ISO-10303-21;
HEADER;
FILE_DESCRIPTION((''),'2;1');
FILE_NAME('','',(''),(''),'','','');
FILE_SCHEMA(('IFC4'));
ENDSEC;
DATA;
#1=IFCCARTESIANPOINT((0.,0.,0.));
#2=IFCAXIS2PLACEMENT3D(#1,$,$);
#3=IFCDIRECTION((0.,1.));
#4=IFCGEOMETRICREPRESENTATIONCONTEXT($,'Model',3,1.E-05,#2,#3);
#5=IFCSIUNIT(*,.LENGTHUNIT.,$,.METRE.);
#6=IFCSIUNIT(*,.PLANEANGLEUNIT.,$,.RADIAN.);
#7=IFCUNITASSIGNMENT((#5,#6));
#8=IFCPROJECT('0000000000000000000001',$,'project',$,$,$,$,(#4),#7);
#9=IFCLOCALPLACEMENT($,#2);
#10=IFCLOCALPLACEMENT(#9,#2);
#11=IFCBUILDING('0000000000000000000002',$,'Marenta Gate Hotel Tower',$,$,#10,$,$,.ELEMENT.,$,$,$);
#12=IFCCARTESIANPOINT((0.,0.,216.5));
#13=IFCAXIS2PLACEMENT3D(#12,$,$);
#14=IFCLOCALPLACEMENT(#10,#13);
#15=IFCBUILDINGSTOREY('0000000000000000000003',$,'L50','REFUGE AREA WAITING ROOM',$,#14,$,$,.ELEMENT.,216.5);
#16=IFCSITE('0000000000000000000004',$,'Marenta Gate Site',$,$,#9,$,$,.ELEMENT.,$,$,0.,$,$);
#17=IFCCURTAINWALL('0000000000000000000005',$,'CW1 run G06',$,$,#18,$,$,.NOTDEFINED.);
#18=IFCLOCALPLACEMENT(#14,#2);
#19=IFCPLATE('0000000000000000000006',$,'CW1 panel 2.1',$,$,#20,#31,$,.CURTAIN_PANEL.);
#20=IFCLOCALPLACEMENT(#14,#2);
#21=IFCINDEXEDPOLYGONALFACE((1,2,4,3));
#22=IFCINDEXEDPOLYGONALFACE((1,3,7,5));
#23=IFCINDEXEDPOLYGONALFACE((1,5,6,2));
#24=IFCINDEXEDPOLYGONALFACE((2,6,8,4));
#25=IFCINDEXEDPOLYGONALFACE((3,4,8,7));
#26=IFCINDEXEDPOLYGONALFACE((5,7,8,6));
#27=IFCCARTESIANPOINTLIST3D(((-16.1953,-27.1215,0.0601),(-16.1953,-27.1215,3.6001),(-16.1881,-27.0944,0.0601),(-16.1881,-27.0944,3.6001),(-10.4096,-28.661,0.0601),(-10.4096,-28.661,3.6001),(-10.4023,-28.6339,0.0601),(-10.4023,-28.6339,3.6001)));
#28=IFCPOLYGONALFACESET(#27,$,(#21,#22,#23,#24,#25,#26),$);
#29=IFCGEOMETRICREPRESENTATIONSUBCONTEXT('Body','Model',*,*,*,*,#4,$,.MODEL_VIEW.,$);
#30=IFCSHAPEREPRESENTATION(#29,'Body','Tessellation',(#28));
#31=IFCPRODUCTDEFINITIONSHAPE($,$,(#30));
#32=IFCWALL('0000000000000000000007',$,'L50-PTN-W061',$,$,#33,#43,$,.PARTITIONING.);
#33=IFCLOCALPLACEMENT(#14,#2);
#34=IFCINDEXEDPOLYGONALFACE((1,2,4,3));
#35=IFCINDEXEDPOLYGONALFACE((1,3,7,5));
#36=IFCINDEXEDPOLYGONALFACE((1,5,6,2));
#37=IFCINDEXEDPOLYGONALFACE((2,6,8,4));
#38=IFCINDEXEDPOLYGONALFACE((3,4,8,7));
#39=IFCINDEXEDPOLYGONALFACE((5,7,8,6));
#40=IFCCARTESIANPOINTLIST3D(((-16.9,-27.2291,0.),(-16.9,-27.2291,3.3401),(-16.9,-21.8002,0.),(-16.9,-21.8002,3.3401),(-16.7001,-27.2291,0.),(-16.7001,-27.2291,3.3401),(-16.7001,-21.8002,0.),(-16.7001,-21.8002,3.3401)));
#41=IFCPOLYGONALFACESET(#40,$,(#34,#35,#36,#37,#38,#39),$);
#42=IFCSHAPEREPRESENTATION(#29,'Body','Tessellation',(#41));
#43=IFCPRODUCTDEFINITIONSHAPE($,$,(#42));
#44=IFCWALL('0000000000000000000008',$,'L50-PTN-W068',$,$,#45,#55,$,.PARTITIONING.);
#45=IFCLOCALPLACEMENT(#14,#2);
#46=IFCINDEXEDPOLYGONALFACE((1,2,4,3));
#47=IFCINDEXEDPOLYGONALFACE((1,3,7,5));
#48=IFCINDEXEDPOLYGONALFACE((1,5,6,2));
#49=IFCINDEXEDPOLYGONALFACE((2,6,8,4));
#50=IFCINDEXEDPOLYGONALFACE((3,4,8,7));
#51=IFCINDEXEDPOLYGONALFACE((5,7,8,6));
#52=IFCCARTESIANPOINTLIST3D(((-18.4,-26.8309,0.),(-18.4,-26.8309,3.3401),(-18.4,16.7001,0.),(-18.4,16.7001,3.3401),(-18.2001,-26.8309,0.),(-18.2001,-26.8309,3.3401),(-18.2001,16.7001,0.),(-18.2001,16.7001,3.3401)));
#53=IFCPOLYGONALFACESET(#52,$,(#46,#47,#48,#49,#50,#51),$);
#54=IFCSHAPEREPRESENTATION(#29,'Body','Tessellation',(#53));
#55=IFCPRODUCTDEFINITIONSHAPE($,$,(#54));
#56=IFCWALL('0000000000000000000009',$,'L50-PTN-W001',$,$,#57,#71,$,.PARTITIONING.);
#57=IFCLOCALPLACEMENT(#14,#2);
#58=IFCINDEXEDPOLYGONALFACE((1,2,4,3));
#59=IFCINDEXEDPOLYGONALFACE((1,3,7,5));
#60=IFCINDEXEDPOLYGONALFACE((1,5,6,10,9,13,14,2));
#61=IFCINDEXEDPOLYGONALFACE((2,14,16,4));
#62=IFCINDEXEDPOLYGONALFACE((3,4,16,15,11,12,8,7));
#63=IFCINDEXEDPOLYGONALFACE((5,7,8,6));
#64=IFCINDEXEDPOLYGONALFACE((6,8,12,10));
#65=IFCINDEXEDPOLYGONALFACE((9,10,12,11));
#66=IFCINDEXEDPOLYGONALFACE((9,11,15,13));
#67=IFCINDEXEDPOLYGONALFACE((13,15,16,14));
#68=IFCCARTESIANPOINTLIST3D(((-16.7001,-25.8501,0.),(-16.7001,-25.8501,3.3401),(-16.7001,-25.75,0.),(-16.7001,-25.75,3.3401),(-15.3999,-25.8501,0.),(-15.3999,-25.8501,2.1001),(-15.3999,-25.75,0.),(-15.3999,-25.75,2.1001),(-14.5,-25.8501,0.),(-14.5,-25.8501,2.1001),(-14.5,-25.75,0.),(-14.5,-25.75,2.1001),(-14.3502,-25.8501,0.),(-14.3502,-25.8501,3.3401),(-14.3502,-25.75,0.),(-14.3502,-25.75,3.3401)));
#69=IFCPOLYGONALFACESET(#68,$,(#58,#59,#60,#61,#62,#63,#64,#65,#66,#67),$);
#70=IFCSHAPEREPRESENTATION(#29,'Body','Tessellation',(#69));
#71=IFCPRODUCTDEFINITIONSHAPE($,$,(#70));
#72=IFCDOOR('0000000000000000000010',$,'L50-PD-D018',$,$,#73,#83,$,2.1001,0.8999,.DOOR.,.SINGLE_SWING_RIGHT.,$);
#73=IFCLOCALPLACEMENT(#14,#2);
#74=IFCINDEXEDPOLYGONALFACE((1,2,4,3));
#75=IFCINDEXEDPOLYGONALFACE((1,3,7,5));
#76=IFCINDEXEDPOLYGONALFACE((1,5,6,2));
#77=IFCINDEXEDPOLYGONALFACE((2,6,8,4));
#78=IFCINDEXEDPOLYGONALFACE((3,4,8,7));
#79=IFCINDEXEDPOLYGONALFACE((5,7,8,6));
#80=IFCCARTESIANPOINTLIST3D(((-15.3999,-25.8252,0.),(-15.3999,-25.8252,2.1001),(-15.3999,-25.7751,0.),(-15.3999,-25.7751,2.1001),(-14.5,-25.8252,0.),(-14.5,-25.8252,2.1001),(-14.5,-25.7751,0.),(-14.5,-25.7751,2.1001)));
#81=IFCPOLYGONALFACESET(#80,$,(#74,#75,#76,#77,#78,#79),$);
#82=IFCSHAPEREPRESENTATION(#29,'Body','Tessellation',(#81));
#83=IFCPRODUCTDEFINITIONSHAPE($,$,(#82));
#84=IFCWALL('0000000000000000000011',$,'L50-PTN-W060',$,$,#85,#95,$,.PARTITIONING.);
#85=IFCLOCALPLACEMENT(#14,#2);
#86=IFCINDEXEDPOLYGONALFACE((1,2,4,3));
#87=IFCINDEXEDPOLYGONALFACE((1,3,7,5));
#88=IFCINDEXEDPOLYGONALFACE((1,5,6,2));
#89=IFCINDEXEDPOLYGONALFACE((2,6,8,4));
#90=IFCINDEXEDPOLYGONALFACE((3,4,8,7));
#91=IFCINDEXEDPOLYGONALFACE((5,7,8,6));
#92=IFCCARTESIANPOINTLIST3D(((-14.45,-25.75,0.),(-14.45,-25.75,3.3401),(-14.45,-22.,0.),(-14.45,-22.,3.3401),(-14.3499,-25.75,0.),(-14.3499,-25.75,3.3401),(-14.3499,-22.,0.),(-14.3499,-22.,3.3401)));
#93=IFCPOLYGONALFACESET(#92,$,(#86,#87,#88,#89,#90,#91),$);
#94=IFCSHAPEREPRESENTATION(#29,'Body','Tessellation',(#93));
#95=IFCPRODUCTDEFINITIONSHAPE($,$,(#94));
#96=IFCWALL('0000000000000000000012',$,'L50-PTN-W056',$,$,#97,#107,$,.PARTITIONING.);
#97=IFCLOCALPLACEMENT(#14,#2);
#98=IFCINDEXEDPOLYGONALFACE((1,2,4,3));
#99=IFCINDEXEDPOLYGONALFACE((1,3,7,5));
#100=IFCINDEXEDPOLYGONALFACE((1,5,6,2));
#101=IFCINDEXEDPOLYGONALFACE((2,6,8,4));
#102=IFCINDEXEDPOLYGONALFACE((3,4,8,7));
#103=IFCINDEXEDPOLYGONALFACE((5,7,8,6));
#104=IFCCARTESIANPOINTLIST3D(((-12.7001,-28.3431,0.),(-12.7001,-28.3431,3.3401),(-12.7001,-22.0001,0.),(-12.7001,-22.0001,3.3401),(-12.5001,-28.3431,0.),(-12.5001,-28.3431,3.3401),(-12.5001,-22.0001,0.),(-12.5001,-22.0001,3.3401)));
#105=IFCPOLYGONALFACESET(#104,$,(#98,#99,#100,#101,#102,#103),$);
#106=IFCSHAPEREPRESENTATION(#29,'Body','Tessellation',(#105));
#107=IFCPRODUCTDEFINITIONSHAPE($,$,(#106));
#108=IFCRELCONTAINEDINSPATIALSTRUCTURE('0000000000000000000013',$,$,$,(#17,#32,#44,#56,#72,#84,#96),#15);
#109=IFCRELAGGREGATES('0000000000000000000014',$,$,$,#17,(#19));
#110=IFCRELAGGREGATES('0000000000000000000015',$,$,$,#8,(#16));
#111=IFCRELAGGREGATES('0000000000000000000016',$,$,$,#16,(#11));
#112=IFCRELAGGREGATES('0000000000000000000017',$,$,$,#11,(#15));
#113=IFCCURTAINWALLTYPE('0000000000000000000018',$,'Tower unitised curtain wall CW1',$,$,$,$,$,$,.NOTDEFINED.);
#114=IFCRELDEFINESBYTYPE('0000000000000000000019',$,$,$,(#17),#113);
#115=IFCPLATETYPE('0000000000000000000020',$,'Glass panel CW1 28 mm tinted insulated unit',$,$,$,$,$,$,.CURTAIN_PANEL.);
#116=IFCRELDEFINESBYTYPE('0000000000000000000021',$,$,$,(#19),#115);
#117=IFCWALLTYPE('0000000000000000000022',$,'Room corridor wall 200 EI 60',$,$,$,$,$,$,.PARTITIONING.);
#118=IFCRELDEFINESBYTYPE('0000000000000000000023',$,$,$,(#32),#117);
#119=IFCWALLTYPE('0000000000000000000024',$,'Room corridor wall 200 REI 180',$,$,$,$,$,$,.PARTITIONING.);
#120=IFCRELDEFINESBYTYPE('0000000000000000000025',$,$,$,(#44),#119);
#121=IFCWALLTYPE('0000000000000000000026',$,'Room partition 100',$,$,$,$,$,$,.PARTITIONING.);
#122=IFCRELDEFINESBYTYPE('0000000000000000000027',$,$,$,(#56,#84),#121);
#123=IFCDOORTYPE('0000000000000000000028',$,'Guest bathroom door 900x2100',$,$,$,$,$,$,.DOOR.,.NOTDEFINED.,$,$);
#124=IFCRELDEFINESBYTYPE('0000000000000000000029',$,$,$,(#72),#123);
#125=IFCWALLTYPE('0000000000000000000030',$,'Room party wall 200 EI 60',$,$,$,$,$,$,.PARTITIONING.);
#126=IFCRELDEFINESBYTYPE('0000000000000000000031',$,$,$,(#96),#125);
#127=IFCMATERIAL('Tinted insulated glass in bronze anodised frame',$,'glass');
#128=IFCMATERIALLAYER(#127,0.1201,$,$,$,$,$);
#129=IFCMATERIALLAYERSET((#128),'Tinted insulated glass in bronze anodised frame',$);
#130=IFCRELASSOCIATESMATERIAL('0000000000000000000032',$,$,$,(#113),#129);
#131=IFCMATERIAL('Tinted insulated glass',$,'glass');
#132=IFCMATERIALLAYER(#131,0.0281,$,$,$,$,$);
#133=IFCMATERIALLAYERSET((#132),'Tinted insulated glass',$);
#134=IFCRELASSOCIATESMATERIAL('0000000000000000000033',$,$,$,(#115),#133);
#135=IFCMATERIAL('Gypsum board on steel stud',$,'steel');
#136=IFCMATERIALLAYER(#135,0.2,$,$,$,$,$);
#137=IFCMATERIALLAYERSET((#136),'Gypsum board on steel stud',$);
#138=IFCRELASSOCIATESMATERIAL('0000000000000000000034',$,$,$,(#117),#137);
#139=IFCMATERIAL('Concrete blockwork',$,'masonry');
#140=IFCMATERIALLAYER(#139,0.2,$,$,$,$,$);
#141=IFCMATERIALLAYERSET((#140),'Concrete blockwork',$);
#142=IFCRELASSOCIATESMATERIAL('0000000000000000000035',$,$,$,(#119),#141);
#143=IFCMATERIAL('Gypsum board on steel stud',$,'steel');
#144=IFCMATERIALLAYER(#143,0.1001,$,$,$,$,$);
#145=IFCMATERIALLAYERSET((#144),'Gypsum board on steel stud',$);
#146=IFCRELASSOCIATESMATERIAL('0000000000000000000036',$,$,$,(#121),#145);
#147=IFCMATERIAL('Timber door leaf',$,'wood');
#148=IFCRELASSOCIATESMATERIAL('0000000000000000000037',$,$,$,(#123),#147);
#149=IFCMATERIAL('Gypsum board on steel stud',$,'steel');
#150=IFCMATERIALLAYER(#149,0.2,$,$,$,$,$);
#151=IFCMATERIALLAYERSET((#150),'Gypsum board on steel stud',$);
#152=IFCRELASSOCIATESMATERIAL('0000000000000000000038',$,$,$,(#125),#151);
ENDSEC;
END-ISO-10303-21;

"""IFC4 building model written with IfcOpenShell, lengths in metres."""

from ifc_helpers import new_model, si_unit, direction, frame, frame_2d, origin, origin_2d, place, context, subcontext, project, spatial, rectangle, extrude, material, layer, layer_set, type_object, element, fill, aggregate, save


model = new_model("IFC4")

# Units and contexts
model_context = context("Model", 3, precision=1e-05, world=origin(), true_north=direction((0.0, 1.0)))
body_context = subcontext(model_context, "Body", "Model", "MODEL_VIEW")
ifc_project = project(units=[si_unit("LENGTHUNIT", "METRE"), si_unit("PLANEANGLEUNIT", "RADIAN")], contexts=[model_context])

# Site, building, storey
site_placement = place(None, origin())
site = spatial("IfcSite", under=ifc_project, at=site_placement, Name="Marenta Gate Site", CompositionType="ELEMENT", RefElevation=0.0)
building_placement = place(site_placement, origin())
building = spatial("IfcBuilding", under=site, at=building_placement, Name="Marenta Gate Hotel Tower", CompositionType="ELEMENT")
storey_placement = place(building_placement, frame((0.0, 0.0, 216.5)))
storey = spatial("IfcBuildingStorey", under=building, at=storey_placement, Name="L50", Description="REFUGE AREA WAITING ROOM", CompositionType="ELEMENT", Elevation=216.5)

# Shared definitions
ifc_material_1 = material(Name="Tinted insulated glass in bronze anodised frame", Category="glass")
ifc_layer_1 = layer(ifc_material_1, 0.1201)
ifc_layer_set_1 = layer_set([ifc_layer_1], Name="Tinted insulated glass in bronze anodised frame")
curtain_wall_type = type_object("IfcCurtainWallType", Name="Tower unitised curtain wall CW1", PredefinedType="NOTDEFINED", material=ifc_layer_set_1)

# Curtain wall
curtain_wall_1_placement = place(storey_placement, origin())
curtain_wall_1 = element("IfcCurtainWall", 1, at=curtain_wall_1_placement, inside=storey, type_object=curtain_wall_type, Name="CW1 run G06", PredefinedType="NOTDEFINED")

# Plate
ifc_material_2 = material(Name="Tinted insulated glass", Category="glass")
ifc_layer_2 = layer(ifc_material_2, 0.0281)
ifc_layer_set_2 = layer_set([ifc_layer_2], Name="Tinted insulated glass")
plate_type = type_object("IfcPlateType", Name="Glass panel CW1 28 mm tinted insulated unit", PredefinedType="CURTAIN_PANEL", material=ifc_layer_set_2)
plate_1_placement = place(storey_placement, frame((-13.2988, -27.8777, 0.0601), z_axis=(0.0, 0.0, 1.0), x_axis=(0.966374, -0.257139, 0.0)))
plate_1 = element("IfcPlate", 2, at=plate_1_placement, type_object=plate_type, Name="CW1 panel 2.1", PredefinedType="CURTAIN_PANEL", context=body_context, shape_type="SweptSolid", body=[
    extrude(rectangle(XDim=5.9871, YDim=0.0281, at=origin_2d()), origin(), (0.0, 0.0, 1.0), 3.54),
])
aggregate(curtain_wall_1, [plate_1])

# Shared definitions
ifc_material_3 = material(Name="Gypsum board on steel stud", Category="steel")
ifc_layer_3 = layer(ifc_material_3, 0.2)
ifc_layer_set_3 = layer_set([ifc_layer_3], Name="Gypsum board on steel stud")
wall_type_1 = type_object("IfcWallType", Name="Room corridor wall 200 EI 60", PredefinedType="PARTITIONING", material=ifc_layer_set_3)

# Walls
wall_1_placement = place(storey_placement, frame((-16.8, -27.229, 0.0), z_axis=(0.0, 0.0, 1.0), x_axis=(0.0, 1.0, 0.0)))
element("IfcWall", 3, at=wall_1_placement, inside=storey, type_object=wall_type_1, Name="L50-PTN-W061", PredefinedType="PARTITIONING", context=body_context, shape_type="SweptSolid", body=[
    extrude(rectangle(XDim=5.429, YDim=0.2, at=frame_2d((2.7144, 0.0))), origin(), (0.0, 0.0, 1.0), 3.3401),
])
ifc_material_4 = material(Name="Concrete blockwork", Category="masonry")
ifc_layer_4 = layer(ifc_material_4, 0.2)
ifc_layer_set_4 = layer_set([ifc_layer_4], Name="Concrete blockwork")
wall_type_2 = type_object("IfcWallType", Name="Room corridor wall 200 REI 180", PredefinedType="PARTITIONING", material=ifc_layer_set_4)
wall_2_placement = place(storey_placement, frame((-18.3, -26.8311, 0.0), z_axis=(0.0, 0.0, 1.0), x_axis=(0.0, 1.0, 0.0)))
element("IfcWall", 4, at=wall_2_placement, inside=storey, type_object=wall_type_2, Name="L50-PTN-W068", PredefinedType="PARTITIONING", context=body_context, shape_type="SweptSolid", body=[
    extrude(rectangle(XDim=43.531, YDim=0.2, at=frame_2d((21.7656, 0.0))), origin(), (0.0, 0.0, 1.0), 3.3401),
])

# Wall, opening, door
ifc_material_5 = material(Name="Gypsum board on steel stud", Category="steel")
ifc_layer_5 = layer(ifc_material_5, 0.1001)
ifc_layer_set_5 = layer_set([ifc_layer_5], Name="Gypsum board on steel stud")
wall_type_3 = type_object("IfcWallType", Name="Room partition 100", PredefinedType="PARTITIONING", material=ifc_layer_set_5)
wall_3_placement = place(storey_placement, frame((-16.7, -25.8, 0.0), z_axis=(0.0, 0.0, 1.0), x_axis=(1.0, 0.0, 0.0)))
wall_3 = element("IfcWall", 5, at=wall_3_placement, inside=storey, type_object=wall_type_3, Name="L50-PTN-W001", PredefinedType="PARTITIONING", context=body_context, shape_type="SweptSolid", body=[
    extrude(rectangle(XDim=2.3499, YDim=0.1001, at=frame_2d((1.1748, 0.0))), origin(), (0.0, 0.0, 1.0), 3.3401),
])
opening_1_placement = place(wall_3_placement, frame((1.3, 0.0, 0.0)))
opening_1 = element("IfcOpeningElement", 6, at=opening_1_placement, cuts=wall_3, PredefinedType="OPENING", context=body_context, shape_type="SweptSolid", body=[
    extrude(rectangle(XDim=0.8999, YDim=2.1001, at=frame_2d((0.45, 1.05))), frame((0.0, 0.05, 0.0), z_axis=(0.0, -1.0, 0.0), x_axis=(1.0, 0.0, 0.0)), (0.0, 0.0, 1.0), 0.1001),
])
ifc_material_6 = material(Name="Timber door leaf", Category="wood")
door_type_1 = type_object("IfcDoorType", Name="Guest bathroom door 900x2100", OperationType="NOTDEFINED", PredefinedType="DOOR", material=ifc_material_6)
door_1_placement = place(opening_1_placement, origin())
door_1 = element("IfcDoor", 7, at=door_1_placement, inside=storey, type_object=door_type_1, Name="L50-PD-D018", OperationType="SINGLE_SWING_RIGHT", OverallHeight=2.1001, OverallWidth=0.8999, PredefinedType="DOOR", context=body_context, shape_type="SweptSolid", body=[
    extrude(rectangle(XDim=0.8999, YDim=2.1001, at=frame_2d((0.45, 1.05))), frame((0.0, 0.0249, 0.0), z_axis=(0.0, -1.0, 0.0), x_axis=(1.0, 0.0, 0.0)), (0.0, 0.0, 1.0), 0.05),
])
fill(opening_1, door_1)

# Walls
wall_4_placement = place(storey_placement, frame((-14.3999, -25.75, 0.0), z_axis=(0.0, 0.0, 1.0), x_axis=(0.0, 1.0, 0.0)))
element("IfcWall", 8, at=wall_4_placement, inside=storey, type_object=wall_type_3, Name="L50-PTN-W060", PredefinedType="PARTITIONING", context=body_context, shape_type="SweptSolid", body=[
    extrude(rectangle(XDim=3.75, YDim=0.1001, at=frame_2d((1.875, 0.0))), origin(), (0.0, 0.0, 1.0), 3.3401),
])
ifc_material_7 = material(Name="Gypsum board on steel stud", Category="steel")
ifc_layer_6 = layer(ifc_material_7, 0.2)
ifc_layer_set_6 = layer_set([ifc_layer_6], Name="Gypsum board on steel stud")
wall_type_4 = type_object("IfcWallType", Name="Room party wall 200 EI 60", PredefinedType="PARTITIONING", material=ifc_layer_set_6)
wall_5_placement = place(storey_placement, frame((-12.6001, -28.343, 0.0), z_axis=(0.0, 0.0, 1.0), x_axis=(0.0, 1.0, 0.0)))
element("IfcWall", 9, at=wall_5_placement, inside=storey, type_object=wall_type_4, Name="L50-PTN-W056", PredefinedType="PARTITIONING", context=body_context, shape_type="SweptSolid", body=[
    extrude(rectangle(XDim=6.343, YDim=0.2, at=frame_2d((3.1714, 0.0))), origin(), (0.0, 0.0, 1.0), 3.3401),
])

save(model, "model.ifc")
